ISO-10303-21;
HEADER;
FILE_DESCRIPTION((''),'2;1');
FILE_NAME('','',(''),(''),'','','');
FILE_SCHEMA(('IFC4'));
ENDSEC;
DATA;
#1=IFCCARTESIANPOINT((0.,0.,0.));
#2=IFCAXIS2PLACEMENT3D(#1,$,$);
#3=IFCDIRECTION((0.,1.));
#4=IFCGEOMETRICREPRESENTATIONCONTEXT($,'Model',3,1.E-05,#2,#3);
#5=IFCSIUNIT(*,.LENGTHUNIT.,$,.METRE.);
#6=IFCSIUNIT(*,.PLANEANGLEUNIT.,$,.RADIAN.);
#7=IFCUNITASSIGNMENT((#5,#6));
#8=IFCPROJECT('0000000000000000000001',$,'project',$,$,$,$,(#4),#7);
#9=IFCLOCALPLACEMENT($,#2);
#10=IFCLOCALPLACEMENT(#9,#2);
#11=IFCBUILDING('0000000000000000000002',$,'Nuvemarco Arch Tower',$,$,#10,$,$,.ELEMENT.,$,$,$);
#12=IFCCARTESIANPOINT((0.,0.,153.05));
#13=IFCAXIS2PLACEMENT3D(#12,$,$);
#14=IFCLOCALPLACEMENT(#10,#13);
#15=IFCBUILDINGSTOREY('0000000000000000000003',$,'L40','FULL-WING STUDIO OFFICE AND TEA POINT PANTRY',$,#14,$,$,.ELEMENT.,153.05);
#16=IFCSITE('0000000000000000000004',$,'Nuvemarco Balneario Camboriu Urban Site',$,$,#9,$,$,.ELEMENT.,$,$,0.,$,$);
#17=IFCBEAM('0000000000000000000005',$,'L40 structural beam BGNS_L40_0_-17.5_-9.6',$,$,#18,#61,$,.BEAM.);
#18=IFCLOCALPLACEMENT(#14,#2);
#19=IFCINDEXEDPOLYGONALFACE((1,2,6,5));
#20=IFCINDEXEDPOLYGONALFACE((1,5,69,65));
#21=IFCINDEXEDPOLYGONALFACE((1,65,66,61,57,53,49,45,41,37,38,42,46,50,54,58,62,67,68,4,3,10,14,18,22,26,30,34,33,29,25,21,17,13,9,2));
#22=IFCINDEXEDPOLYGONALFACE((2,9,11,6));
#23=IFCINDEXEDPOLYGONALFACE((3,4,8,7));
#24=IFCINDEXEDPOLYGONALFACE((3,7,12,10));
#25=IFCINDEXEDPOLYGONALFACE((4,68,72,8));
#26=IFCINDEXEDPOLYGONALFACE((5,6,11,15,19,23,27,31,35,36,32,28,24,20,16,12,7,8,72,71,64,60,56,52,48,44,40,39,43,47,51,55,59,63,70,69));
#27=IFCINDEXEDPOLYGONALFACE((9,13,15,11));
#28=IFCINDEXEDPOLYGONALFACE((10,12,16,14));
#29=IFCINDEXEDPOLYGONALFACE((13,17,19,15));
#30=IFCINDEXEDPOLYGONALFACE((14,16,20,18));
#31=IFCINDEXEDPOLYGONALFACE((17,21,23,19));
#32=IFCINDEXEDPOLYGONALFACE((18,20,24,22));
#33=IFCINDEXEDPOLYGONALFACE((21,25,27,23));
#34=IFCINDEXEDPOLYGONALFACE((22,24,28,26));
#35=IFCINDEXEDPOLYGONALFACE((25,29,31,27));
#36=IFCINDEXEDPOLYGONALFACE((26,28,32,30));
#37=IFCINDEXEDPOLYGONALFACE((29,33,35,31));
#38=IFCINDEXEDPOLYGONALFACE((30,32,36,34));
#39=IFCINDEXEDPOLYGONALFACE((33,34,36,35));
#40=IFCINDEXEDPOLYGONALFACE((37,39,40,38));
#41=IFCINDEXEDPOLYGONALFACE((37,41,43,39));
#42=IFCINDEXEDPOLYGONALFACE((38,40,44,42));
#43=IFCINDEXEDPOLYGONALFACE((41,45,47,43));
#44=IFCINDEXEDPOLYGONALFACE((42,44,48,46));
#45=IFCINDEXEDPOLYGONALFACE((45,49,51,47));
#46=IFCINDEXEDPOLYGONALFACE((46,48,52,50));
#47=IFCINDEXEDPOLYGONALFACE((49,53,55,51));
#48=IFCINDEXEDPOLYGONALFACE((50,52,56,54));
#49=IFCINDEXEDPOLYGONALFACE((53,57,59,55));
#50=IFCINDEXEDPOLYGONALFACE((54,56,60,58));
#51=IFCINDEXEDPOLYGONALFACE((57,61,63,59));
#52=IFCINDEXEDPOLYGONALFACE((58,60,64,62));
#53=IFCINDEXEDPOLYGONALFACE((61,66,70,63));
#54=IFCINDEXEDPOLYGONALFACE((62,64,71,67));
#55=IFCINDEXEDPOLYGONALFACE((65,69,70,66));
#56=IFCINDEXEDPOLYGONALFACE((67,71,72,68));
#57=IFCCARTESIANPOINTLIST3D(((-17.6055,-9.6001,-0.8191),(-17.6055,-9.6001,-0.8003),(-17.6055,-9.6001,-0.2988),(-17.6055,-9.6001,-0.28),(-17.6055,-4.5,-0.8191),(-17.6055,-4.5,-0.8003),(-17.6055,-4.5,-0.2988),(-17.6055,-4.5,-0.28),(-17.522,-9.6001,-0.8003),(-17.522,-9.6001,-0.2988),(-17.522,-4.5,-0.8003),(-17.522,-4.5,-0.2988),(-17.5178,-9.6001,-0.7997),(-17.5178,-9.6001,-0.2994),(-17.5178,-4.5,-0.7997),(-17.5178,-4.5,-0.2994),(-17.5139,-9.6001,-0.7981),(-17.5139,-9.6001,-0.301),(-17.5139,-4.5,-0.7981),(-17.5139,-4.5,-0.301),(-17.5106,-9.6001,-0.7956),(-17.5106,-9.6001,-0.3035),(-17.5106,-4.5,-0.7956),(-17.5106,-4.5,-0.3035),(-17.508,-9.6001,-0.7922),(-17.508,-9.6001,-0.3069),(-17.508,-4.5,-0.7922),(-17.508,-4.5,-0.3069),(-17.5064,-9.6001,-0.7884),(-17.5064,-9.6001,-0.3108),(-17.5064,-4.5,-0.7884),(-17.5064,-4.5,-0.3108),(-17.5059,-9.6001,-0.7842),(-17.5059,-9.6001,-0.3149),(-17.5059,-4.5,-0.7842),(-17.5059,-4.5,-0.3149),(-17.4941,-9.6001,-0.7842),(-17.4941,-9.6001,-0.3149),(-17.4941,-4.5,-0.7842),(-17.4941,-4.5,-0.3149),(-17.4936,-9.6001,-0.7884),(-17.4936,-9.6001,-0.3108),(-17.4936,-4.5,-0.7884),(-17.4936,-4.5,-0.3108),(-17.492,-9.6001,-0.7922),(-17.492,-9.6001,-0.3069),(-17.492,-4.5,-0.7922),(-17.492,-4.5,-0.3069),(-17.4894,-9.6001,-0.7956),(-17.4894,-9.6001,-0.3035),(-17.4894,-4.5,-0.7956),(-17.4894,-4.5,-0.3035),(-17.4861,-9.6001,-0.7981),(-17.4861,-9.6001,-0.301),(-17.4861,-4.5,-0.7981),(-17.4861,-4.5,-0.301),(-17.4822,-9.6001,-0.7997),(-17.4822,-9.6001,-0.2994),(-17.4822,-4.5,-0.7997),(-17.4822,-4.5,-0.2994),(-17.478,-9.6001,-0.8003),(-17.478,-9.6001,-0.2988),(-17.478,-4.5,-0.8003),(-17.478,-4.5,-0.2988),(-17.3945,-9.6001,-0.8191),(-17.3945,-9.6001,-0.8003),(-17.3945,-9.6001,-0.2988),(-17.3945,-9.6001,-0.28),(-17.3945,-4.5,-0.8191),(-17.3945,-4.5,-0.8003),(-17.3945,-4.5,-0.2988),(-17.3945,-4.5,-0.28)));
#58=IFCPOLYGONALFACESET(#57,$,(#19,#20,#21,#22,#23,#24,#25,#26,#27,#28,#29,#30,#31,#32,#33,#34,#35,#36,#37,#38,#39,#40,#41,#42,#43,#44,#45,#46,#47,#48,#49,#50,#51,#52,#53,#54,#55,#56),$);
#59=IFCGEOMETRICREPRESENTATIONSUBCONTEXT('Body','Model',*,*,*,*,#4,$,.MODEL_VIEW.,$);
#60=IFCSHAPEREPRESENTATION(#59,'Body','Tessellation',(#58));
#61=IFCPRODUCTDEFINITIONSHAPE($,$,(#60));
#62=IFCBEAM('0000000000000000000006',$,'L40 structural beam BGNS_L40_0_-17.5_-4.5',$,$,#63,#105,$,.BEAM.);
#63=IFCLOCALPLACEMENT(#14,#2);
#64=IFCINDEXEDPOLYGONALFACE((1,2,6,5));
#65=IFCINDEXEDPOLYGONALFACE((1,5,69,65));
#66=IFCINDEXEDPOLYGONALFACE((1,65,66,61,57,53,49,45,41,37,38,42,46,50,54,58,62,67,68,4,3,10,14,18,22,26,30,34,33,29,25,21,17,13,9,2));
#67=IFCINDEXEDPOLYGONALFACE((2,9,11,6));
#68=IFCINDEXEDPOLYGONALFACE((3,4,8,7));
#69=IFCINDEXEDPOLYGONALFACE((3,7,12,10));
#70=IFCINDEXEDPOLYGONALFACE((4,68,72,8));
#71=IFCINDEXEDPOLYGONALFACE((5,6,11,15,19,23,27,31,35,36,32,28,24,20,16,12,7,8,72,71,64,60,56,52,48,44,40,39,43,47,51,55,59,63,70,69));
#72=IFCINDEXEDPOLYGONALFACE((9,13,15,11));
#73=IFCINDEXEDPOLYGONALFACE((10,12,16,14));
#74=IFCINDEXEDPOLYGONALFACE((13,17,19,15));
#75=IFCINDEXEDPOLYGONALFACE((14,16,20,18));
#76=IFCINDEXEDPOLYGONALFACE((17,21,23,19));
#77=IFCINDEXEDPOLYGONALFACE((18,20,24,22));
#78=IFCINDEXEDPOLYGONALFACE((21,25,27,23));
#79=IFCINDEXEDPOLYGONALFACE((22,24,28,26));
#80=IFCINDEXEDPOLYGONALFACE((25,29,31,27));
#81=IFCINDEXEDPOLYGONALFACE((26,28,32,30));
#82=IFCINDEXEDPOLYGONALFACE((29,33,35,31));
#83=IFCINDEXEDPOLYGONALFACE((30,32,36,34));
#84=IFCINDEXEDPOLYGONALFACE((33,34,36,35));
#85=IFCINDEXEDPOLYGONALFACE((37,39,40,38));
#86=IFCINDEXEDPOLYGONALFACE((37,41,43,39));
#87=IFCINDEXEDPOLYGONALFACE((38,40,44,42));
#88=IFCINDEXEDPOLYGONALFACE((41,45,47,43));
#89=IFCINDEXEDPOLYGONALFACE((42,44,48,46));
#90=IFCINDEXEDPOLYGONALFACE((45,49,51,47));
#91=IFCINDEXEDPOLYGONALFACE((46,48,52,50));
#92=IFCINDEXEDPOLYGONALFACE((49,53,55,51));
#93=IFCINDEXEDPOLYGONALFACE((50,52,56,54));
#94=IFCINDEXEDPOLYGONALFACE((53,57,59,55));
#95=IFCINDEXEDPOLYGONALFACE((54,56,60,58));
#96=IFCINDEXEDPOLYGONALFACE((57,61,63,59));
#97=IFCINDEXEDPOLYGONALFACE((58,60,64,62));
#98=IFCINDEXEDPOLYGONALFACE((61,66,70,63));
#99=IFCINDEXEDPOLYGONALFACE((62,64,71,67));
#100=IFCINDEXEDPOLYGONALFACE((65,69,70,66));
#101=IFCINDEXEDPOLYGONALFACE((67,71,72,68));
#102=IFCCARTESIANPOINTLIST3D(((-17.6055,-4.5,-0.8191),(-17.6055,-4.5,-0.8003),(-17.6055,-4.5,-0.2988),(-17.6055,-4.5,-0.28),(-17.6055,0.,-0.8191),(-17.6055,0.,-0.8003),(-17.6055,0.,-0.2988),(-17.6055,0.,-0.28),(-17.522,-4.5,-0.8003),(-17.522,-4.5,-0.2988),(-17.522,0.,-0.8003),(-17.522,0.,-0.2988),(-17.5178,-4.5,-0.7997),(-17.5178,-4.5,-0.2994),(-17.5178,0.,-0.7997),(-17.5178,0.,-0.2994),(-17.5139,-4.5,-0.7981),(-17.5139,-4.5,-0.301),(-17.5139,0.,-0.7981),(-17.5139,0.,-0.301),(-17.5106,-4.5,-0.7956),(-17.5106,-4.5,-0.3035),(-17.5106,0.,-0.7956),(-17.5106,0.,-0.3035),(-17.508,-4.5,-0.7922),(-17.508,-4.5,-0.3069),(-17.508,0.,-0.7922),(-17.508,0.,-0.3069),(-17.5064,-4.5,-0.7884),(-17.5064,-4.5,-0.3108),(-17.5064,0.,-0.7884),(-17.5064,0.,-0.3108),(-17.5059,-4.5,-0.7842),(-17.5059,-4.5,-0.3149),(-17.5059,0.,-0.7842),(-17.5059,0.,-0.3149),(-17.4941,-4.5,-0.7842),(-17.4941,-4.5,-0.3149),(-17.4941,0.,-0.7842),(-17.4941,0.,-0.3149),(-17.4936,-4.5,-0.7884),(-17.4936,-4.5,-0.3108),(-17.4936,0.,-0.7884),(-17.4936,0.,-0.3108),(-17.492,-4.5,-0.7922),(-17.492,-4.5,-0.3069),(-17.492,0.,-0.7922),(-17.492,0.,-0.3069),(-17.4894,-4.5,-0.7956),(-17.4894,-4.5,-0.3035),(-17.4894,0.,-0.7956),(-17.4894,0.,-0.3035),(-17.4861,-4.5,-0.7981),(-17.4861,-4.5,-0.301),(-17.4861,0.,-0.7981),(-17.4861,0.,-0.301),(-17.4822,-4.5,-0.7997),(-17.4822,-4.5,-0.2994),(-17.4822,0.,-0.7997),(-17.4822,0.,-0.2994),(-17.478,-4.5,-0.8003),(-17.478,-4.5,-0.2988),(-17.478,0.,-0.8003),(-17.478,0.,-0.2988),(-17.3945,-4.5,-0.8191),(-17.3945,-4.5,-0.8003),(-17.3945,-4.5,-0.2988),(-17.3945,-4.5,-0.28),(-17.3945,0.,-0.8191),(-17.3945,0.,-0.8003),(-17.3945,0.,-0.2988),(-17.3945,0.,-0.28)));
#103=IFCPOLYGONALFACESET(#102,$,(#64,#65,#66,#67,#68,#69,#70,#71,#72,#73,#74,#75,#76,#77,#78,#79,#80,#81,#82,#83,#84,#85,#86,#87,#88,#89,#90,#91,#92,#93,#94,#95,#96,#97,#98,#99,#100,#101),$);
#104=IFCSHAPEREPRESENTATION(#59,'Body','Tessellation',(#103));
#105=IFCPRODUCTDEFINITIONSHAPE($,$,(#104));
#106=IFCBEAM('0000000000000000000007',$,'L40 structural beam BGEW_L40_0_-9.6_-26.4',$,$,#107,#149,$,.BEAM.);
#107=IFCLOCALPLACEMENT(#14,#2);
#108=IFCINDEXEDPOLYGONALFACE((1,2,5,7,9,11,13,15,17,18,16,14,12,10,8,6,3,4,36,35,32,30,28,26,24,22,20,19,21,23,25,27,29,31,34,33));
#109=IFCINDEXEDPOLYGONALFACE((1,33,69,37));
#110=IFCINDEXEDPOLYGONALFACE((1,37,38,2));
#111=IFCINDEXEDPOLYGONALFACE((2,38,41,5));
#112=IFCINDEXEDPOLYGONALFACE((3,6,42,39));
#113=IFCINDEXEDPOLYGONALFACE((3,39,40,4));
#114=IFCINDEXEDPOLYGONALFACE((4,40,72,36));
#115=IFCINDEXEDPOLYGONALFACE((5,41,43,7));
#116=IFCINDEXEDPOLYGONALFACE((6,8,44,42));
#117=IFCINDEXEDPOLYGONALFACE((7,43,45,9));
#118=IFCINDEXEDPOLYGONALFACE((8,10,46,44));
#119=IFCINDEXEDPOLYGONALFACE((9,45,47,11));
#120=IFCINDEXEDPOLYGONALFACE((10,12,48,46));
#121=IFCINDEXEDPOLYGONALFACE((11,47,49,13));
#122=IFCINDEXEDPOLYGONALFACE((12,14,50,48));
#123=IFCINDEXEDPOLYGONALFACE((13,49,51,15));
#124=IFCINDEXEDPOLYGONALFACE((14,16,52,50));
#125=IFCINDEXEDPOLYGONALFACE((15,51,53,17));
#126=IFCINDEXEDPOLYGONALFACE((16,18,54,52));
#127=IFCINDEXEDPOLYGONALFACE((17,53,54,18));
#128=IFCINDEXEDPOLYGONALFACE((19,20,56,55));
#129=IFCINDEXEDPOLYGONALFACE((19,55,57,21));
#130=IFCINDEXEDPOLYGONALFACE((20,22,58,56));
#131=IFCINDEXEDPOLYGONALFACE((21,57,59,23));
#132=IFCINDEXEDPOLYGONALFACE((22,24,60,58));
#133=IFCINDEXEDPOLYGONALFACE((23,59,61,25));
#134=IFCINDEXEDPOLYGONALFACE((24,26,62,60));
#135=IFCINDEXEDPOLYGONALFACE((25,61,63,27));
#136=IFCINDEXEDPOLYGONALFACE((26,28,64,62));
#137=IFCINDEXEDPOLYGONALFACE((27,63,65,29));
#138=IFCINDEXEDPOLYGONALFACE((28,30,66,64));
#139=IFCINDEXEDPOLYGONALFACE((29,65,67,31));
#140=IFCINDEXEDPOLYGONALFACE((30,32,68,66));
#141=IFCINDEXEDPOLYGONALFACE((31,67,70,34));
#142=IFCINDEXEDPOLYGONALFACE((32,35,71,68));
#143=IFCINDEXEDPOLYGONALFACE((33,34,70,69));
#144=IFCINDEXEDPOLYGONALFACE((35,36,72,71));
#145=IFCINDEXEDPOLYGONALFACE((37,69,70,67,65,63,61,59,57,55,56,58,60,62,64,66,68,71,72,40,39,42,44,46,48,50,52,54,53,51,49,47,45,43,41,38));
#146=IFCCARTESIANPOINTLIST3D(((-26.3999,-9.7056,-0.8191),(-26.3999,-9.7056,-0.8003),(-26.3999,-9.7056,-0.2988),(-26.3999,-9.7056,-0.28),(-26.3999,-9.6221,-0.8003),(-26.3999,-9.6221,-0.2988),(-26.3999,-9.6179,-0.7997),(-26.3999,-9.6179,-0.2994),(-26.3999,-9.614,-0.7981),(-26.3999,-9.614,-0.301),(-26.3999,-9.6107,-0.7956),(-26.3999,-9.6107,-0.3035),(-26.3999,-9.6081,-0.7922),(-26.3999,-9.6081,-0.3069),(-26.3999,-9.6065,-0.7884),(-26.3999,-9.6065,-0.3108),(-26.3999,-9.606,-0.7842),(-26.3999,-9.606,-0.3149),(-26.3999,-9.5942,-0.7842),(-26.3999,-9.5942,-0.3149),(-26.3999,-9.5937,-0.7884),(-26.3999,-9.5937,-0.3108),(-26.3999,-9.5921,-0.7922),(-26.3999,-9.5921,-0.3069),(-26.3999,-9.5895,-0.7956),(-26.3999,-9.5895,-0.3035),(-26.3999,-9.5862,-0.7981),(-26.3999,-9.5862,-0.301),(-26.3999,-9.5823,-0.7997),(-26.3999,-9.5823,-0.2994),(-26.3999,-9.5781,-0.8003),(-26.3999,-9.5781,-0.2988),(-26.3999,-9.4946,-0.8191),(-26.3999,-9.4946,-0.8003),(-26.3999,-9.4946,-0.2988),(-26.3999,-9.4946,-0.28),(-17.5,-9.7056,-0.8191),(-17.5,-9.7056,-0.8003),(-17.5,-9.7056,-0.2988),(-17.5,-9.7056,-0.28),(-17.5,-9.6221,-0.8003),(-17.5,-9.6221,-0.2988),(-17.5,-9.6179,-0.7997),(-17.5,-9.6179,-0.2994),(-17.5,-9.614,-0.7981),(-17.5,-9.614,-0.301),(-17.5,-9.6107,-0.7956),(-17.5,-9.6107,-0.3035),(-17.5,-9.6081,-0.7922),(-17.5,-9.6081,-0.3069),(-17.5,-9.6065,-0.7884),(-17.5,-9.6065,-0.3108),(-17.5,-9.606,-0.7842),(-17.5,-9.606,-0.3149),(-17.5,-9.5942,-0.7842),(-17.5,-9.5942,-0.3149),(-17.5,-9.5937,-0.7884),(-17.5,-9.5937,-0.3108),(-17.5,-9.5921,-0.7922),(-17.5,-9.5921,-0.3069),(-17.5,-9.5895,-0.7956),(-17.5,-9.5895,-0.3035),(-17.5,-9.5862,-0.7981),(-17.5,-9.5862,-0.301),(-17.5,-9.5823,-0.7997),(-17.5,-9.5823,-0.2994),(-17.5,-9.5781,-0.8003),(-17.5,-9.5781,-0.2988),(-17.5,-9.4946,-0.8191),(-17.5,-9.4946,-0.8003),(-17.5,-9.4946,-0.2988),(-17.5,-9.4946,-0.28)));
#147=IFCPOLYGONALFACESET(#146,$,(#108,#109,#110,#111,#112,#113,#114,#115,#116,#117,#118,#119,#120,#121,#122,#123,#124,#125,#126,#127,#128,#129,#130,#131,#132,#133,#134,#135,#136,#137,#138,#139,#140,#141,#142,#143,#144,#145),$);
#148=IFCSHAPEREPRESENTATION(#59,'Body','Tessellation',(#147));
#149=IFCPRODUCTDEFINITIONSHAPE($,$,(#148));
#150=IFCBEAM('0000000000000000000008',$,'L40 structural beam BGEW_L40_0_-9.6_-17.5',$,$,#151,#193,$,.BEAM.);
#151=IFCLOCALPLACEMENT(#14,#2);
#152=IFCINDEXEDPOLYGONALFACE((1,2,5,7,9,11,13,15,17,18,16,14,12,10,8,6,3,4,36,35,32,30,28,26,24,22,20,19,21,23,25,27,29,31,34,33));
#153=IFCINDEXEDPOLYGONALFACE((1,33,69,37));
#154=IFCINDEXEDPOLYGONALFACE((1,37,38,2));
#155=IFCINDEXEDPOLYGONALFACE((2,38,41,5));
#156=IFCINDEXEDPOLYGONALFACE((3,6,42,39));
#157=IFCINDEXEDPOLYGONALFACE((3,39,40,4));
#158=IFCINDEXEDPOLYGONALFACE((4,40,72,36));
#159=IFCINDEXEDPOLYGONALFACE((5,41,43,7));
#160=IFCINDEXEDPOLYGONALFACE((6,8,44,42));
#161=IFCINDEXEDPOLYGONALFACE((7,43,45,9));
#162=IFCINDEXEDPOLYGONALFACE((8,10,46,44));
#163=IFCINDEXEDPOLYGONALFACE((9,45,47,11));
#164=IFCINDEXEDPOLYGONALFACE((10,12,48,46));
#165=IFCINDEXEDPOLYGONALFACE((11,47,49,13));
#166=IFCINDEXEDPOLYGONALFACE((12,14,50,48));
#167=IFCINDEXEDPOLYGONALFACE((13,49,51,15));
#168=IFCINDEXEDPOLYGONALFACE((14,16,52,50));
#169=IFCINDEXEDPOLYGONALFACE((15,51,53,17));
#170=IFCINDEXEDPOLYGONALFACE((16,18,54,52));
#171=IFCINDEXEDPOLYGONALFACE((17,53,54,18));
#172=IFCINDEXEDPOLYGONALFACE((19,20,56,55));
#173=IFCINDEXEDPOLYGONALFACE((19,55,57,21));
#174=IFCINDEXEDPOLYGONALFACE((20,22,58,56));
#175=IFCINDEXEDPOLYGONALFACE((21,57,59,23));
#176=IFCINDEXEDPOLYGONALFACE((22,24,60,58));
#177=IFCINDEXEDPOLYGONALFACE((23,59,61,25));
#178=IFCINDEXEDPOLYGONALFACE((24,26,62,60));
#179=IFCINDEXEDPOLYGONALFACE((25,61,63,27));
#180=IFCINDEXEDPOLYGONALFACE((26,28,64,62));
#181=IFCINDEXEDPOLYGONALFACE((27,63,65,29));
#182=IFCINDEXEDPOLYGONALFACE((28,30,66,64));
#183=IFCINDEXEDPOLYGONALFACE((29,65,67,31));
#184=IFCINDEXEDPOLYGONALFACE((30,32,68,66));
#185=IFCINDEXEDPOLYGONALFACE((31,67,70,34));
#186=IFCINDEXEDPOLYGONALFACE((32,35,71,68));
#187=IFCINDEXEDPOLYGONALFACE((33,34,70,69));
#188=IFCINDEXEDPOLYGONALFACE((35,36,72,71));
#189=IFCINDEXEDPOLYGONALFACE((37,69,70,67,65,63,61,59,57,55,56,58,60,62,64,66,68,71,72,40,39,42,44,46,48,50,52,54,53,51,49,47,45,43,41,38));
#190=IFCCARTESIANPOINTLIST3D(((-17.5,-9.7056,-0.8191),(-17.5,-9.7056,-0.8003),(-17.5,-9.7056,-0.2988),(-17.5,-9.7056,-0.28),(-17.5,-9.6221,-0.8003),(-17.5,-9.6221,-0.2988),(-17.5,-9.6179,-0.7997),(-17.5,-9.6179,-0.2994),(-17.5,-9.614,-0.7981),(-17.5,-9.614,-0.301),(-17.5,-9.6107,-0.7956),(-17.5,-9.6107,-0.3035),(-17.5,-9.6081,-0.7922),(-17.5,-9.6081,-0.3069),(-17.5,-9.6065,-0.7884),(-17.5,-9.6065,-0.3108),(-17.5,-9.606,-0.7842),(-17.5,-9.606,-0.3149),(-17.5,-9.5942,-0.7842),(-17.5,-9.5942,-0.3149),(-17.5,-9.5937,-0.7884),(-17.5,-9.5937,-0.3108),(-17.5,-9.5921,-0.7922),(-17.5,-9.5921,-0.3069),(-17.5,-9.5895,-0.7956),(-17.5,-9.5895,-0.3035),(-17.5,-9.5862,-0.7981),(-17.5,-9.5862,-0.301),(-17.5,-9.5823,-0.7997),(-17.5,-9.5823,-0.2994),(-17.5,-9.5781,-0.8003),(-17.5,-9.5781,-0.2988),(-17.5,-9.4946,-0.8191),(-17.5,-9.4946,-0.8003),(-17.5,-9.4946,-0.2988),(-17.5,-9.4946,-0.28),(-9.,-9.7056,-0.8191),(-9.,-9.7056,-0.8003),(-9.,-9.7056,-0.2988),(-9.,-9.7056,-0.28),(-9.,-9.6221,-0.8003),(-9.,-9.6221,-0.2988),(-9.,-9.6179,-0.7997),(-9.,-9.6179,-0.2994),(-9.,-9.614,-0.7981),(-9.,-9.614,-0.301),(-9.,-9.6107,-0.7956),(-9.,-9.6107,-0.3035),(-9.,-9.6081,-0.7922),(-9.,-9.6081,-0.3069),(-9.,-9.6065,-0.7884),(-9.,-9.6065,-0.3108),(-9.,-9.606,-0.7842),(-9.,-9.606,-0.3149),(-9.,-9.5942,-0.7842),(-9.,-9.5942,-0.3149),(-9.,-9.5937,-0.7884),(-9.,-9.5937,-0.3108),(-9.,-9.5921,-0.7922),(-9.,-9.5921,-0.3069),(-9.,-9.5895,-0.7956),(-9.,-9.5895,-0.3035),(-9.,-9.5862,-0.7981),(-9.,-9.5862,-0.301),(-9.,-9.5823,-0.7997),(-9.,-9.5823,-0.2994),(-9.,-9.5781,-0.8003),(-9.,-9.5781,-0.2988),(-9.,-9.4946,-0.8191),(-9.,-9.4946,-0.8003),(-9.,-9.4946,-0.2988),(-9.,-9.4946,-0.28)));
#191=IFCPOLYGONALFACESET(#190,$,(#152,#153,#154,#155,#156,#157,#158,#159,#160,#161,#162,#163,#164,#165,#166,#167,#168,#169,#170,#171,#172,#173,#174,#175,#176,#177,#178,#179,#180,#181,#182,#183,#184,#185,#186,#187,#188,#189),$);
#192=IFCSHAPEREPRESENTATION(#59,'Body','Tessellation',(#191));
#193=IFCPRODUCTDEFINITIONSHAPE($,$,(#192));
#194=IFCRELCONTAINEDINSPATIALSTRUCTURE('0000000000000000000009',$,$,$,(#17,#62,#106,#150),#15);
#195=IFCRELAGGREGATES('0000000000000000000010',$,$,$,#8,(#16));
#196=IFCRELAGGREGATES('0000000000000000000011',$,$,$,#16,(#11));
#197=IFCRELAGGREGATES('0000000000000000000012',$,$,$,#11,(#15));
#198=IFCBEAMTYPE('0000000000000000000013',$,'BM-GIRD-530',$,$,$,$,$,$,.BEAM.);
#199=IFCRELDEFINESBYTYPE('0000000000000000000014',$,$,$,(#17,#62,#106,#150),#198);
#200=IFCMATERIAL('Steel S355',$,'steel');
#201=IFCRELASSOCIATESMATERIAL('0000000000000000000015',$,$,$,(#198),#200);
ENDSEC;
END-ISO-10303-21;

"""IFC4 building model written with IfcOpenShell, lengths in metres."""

from ifc_helpers import new_model, si_unit, direction, frame, origin, origin_2d, place, context, subcontext, project, spatial, i_section, extrude, material, material_profile, profile_set, type_object, element, save


model = new_model("IFC4")

# Units and contexts
model_context = context("Model", 3, precision=1e-05, world=origin(), true_north=direction((0.0, 1.0)))
body_context = subcontext(model_context, "Body", "Model", "MODEL_VIEW")
ifc_project = project(units=[si_unit("LENGTHUNIT", "METRE"), si_unit("PLANEANGLEUNIT", "RADIAN")], contexts=[model_context])

# Site, building, storey
site_placement = place(None, origin())
site = spatial("IfcSite", under=ifc_project, at=site_placement, Name="Nuvemarco Balneario Camboriu Urban Site", CompositionType="ELEMENT", RefElevation=0.0)
building_placement = place(site_placement, origin())
building = spatial("IfcBuilding", under=site, at=building_placement, Name="Nuvemarco Arch Tower", CompositionType="ELEMENT")
storey_placement = place(building_placement, frame((0.0, 0.0, 153.05)))
storey = spatial("IfcBuildingStorey", under=building, at=storey_placement, Name="L40", Description="FULL-WING STUDIO OFFICE AND TEA POINT PANTRY", CompositionType="ELEMENT", Elevation=153.05)

# Shared definitions
ifc_material_1 = material(Name="Steel S355", Category="steel")

# Beams
ifc_material_profile_1 = material_profile(ifc_material_1, i_section(OverallWidth=0.2109, OverallDepth=0.5391, WebThickness=0.0117, FlangeThickness=0.0188, FilletRadius=0.0161, at=origin_2d()), Name="W530x109")
ifc_profile_set_1 = profile_set([ifc_material_profile_1], Name="Steel S355")
beam_type_1 = type_object("IfcBeamType", Name="BM-GIRD-530", PredefinedType="BEAM", material=ifc_profile_set_1)
beam_1_placement = place(storey_placement, frame((-17.5, -9.6001, -0.5496), z_axis=(0.0, 1.0, 0.0), x_axis=(-1.0, 0.0, 0.0)))
element("IfcBeam", 1, at=beam_1_placement, inside=storey, type_object=beam_type_1, Name="L40 structural beam BGNS_L40_0_-17.5_-9.6", PredefinedType="BEAM", context=body_context, shape_type="SweptSolid", body=[
    extrude(i_section(OverallWidth=0.2109, OverallDepth=0.5391, WebThickness=0.0117, FlangeThickness=0.0188, FilletRadius=0.0161, at=origin_2d()), origin(), (0.0, 0.0, 1.0), 5.1001),
])
beam_2_placement = place(storey_placement, frame((-17.5, -4.5, -0.5496), z_axis=(0.0, 1.0, 0.0), x_axis=(-1.0, 0.0, 0.0)))
element("IfcBeam", 2, at=beam_2_placement, inside=storey, type_object=beam_type_1, Name="L40 structural beam BGNS_L40_0_-17.5_-4.5", PredefinedType="BEAM", context=body_context, shape_type="SweptSolid", body=[
    extrude(i_section(OverallWidth=0.2109, OverallDepth=0.5391, WebThickness=0.0117, FlangeThickness=0.0188, FilletRadius=0.0161, at=origin_2d()), origin(), (0.0, 0.0, 1.0), 4.5),
])
beam_3_placement = place(storey_placement, frame((-26.3999, -9.6001, -0.5496), z_axis=(1.0, 0.0, 0.0), x_axis=(0.0, 1.0, 0.0)))
element("IfcBeam", 3, at=beam_3_placement, inside=storey, type_object=beam_type_1, Name="L40 structural beam BGEW_L40_0_-9.6_-26.4", PredefinedType="BEAM", context=body_context, shape_type="SweptSolid", body=[
    extrude(i_section(OverallWidth=0.2109, OverallDepth=0.5391, WebThickness=0.0117, FlangeThickness=0.0188, FilletRadius=0.0161, at=origin_2d()), origin(), (0.0, 0.0, 1.0), 8.8999),
])
beam_4_placement = place(storey_placement, frame((-17.5, -9.6001, -0.5496), z_axis=(1.0, 0.0, 0.0), x_axis=(0.0, 1.0, 0.0)))
element("IfcBeam", 4, at=beam_4_placement, inside=storey, type_object=beam_type_1, Name="L40 structural beam BGEW_L40_0_-9.6_-17.5", PredefinedType="BEAM", context=body_context, shape_type="SweptSolid", body=[
    extrude(i_section(OverallWidth=0.2109, OverallDepth=0.5391, WebThickness=0.0117, FlangeThickness=0.0188, FilletRadius=0.0161, at=origin_2d()), origin(), (0.0, 0.0, 1.0), 8.5),
])

save(model, "model.ifc")
